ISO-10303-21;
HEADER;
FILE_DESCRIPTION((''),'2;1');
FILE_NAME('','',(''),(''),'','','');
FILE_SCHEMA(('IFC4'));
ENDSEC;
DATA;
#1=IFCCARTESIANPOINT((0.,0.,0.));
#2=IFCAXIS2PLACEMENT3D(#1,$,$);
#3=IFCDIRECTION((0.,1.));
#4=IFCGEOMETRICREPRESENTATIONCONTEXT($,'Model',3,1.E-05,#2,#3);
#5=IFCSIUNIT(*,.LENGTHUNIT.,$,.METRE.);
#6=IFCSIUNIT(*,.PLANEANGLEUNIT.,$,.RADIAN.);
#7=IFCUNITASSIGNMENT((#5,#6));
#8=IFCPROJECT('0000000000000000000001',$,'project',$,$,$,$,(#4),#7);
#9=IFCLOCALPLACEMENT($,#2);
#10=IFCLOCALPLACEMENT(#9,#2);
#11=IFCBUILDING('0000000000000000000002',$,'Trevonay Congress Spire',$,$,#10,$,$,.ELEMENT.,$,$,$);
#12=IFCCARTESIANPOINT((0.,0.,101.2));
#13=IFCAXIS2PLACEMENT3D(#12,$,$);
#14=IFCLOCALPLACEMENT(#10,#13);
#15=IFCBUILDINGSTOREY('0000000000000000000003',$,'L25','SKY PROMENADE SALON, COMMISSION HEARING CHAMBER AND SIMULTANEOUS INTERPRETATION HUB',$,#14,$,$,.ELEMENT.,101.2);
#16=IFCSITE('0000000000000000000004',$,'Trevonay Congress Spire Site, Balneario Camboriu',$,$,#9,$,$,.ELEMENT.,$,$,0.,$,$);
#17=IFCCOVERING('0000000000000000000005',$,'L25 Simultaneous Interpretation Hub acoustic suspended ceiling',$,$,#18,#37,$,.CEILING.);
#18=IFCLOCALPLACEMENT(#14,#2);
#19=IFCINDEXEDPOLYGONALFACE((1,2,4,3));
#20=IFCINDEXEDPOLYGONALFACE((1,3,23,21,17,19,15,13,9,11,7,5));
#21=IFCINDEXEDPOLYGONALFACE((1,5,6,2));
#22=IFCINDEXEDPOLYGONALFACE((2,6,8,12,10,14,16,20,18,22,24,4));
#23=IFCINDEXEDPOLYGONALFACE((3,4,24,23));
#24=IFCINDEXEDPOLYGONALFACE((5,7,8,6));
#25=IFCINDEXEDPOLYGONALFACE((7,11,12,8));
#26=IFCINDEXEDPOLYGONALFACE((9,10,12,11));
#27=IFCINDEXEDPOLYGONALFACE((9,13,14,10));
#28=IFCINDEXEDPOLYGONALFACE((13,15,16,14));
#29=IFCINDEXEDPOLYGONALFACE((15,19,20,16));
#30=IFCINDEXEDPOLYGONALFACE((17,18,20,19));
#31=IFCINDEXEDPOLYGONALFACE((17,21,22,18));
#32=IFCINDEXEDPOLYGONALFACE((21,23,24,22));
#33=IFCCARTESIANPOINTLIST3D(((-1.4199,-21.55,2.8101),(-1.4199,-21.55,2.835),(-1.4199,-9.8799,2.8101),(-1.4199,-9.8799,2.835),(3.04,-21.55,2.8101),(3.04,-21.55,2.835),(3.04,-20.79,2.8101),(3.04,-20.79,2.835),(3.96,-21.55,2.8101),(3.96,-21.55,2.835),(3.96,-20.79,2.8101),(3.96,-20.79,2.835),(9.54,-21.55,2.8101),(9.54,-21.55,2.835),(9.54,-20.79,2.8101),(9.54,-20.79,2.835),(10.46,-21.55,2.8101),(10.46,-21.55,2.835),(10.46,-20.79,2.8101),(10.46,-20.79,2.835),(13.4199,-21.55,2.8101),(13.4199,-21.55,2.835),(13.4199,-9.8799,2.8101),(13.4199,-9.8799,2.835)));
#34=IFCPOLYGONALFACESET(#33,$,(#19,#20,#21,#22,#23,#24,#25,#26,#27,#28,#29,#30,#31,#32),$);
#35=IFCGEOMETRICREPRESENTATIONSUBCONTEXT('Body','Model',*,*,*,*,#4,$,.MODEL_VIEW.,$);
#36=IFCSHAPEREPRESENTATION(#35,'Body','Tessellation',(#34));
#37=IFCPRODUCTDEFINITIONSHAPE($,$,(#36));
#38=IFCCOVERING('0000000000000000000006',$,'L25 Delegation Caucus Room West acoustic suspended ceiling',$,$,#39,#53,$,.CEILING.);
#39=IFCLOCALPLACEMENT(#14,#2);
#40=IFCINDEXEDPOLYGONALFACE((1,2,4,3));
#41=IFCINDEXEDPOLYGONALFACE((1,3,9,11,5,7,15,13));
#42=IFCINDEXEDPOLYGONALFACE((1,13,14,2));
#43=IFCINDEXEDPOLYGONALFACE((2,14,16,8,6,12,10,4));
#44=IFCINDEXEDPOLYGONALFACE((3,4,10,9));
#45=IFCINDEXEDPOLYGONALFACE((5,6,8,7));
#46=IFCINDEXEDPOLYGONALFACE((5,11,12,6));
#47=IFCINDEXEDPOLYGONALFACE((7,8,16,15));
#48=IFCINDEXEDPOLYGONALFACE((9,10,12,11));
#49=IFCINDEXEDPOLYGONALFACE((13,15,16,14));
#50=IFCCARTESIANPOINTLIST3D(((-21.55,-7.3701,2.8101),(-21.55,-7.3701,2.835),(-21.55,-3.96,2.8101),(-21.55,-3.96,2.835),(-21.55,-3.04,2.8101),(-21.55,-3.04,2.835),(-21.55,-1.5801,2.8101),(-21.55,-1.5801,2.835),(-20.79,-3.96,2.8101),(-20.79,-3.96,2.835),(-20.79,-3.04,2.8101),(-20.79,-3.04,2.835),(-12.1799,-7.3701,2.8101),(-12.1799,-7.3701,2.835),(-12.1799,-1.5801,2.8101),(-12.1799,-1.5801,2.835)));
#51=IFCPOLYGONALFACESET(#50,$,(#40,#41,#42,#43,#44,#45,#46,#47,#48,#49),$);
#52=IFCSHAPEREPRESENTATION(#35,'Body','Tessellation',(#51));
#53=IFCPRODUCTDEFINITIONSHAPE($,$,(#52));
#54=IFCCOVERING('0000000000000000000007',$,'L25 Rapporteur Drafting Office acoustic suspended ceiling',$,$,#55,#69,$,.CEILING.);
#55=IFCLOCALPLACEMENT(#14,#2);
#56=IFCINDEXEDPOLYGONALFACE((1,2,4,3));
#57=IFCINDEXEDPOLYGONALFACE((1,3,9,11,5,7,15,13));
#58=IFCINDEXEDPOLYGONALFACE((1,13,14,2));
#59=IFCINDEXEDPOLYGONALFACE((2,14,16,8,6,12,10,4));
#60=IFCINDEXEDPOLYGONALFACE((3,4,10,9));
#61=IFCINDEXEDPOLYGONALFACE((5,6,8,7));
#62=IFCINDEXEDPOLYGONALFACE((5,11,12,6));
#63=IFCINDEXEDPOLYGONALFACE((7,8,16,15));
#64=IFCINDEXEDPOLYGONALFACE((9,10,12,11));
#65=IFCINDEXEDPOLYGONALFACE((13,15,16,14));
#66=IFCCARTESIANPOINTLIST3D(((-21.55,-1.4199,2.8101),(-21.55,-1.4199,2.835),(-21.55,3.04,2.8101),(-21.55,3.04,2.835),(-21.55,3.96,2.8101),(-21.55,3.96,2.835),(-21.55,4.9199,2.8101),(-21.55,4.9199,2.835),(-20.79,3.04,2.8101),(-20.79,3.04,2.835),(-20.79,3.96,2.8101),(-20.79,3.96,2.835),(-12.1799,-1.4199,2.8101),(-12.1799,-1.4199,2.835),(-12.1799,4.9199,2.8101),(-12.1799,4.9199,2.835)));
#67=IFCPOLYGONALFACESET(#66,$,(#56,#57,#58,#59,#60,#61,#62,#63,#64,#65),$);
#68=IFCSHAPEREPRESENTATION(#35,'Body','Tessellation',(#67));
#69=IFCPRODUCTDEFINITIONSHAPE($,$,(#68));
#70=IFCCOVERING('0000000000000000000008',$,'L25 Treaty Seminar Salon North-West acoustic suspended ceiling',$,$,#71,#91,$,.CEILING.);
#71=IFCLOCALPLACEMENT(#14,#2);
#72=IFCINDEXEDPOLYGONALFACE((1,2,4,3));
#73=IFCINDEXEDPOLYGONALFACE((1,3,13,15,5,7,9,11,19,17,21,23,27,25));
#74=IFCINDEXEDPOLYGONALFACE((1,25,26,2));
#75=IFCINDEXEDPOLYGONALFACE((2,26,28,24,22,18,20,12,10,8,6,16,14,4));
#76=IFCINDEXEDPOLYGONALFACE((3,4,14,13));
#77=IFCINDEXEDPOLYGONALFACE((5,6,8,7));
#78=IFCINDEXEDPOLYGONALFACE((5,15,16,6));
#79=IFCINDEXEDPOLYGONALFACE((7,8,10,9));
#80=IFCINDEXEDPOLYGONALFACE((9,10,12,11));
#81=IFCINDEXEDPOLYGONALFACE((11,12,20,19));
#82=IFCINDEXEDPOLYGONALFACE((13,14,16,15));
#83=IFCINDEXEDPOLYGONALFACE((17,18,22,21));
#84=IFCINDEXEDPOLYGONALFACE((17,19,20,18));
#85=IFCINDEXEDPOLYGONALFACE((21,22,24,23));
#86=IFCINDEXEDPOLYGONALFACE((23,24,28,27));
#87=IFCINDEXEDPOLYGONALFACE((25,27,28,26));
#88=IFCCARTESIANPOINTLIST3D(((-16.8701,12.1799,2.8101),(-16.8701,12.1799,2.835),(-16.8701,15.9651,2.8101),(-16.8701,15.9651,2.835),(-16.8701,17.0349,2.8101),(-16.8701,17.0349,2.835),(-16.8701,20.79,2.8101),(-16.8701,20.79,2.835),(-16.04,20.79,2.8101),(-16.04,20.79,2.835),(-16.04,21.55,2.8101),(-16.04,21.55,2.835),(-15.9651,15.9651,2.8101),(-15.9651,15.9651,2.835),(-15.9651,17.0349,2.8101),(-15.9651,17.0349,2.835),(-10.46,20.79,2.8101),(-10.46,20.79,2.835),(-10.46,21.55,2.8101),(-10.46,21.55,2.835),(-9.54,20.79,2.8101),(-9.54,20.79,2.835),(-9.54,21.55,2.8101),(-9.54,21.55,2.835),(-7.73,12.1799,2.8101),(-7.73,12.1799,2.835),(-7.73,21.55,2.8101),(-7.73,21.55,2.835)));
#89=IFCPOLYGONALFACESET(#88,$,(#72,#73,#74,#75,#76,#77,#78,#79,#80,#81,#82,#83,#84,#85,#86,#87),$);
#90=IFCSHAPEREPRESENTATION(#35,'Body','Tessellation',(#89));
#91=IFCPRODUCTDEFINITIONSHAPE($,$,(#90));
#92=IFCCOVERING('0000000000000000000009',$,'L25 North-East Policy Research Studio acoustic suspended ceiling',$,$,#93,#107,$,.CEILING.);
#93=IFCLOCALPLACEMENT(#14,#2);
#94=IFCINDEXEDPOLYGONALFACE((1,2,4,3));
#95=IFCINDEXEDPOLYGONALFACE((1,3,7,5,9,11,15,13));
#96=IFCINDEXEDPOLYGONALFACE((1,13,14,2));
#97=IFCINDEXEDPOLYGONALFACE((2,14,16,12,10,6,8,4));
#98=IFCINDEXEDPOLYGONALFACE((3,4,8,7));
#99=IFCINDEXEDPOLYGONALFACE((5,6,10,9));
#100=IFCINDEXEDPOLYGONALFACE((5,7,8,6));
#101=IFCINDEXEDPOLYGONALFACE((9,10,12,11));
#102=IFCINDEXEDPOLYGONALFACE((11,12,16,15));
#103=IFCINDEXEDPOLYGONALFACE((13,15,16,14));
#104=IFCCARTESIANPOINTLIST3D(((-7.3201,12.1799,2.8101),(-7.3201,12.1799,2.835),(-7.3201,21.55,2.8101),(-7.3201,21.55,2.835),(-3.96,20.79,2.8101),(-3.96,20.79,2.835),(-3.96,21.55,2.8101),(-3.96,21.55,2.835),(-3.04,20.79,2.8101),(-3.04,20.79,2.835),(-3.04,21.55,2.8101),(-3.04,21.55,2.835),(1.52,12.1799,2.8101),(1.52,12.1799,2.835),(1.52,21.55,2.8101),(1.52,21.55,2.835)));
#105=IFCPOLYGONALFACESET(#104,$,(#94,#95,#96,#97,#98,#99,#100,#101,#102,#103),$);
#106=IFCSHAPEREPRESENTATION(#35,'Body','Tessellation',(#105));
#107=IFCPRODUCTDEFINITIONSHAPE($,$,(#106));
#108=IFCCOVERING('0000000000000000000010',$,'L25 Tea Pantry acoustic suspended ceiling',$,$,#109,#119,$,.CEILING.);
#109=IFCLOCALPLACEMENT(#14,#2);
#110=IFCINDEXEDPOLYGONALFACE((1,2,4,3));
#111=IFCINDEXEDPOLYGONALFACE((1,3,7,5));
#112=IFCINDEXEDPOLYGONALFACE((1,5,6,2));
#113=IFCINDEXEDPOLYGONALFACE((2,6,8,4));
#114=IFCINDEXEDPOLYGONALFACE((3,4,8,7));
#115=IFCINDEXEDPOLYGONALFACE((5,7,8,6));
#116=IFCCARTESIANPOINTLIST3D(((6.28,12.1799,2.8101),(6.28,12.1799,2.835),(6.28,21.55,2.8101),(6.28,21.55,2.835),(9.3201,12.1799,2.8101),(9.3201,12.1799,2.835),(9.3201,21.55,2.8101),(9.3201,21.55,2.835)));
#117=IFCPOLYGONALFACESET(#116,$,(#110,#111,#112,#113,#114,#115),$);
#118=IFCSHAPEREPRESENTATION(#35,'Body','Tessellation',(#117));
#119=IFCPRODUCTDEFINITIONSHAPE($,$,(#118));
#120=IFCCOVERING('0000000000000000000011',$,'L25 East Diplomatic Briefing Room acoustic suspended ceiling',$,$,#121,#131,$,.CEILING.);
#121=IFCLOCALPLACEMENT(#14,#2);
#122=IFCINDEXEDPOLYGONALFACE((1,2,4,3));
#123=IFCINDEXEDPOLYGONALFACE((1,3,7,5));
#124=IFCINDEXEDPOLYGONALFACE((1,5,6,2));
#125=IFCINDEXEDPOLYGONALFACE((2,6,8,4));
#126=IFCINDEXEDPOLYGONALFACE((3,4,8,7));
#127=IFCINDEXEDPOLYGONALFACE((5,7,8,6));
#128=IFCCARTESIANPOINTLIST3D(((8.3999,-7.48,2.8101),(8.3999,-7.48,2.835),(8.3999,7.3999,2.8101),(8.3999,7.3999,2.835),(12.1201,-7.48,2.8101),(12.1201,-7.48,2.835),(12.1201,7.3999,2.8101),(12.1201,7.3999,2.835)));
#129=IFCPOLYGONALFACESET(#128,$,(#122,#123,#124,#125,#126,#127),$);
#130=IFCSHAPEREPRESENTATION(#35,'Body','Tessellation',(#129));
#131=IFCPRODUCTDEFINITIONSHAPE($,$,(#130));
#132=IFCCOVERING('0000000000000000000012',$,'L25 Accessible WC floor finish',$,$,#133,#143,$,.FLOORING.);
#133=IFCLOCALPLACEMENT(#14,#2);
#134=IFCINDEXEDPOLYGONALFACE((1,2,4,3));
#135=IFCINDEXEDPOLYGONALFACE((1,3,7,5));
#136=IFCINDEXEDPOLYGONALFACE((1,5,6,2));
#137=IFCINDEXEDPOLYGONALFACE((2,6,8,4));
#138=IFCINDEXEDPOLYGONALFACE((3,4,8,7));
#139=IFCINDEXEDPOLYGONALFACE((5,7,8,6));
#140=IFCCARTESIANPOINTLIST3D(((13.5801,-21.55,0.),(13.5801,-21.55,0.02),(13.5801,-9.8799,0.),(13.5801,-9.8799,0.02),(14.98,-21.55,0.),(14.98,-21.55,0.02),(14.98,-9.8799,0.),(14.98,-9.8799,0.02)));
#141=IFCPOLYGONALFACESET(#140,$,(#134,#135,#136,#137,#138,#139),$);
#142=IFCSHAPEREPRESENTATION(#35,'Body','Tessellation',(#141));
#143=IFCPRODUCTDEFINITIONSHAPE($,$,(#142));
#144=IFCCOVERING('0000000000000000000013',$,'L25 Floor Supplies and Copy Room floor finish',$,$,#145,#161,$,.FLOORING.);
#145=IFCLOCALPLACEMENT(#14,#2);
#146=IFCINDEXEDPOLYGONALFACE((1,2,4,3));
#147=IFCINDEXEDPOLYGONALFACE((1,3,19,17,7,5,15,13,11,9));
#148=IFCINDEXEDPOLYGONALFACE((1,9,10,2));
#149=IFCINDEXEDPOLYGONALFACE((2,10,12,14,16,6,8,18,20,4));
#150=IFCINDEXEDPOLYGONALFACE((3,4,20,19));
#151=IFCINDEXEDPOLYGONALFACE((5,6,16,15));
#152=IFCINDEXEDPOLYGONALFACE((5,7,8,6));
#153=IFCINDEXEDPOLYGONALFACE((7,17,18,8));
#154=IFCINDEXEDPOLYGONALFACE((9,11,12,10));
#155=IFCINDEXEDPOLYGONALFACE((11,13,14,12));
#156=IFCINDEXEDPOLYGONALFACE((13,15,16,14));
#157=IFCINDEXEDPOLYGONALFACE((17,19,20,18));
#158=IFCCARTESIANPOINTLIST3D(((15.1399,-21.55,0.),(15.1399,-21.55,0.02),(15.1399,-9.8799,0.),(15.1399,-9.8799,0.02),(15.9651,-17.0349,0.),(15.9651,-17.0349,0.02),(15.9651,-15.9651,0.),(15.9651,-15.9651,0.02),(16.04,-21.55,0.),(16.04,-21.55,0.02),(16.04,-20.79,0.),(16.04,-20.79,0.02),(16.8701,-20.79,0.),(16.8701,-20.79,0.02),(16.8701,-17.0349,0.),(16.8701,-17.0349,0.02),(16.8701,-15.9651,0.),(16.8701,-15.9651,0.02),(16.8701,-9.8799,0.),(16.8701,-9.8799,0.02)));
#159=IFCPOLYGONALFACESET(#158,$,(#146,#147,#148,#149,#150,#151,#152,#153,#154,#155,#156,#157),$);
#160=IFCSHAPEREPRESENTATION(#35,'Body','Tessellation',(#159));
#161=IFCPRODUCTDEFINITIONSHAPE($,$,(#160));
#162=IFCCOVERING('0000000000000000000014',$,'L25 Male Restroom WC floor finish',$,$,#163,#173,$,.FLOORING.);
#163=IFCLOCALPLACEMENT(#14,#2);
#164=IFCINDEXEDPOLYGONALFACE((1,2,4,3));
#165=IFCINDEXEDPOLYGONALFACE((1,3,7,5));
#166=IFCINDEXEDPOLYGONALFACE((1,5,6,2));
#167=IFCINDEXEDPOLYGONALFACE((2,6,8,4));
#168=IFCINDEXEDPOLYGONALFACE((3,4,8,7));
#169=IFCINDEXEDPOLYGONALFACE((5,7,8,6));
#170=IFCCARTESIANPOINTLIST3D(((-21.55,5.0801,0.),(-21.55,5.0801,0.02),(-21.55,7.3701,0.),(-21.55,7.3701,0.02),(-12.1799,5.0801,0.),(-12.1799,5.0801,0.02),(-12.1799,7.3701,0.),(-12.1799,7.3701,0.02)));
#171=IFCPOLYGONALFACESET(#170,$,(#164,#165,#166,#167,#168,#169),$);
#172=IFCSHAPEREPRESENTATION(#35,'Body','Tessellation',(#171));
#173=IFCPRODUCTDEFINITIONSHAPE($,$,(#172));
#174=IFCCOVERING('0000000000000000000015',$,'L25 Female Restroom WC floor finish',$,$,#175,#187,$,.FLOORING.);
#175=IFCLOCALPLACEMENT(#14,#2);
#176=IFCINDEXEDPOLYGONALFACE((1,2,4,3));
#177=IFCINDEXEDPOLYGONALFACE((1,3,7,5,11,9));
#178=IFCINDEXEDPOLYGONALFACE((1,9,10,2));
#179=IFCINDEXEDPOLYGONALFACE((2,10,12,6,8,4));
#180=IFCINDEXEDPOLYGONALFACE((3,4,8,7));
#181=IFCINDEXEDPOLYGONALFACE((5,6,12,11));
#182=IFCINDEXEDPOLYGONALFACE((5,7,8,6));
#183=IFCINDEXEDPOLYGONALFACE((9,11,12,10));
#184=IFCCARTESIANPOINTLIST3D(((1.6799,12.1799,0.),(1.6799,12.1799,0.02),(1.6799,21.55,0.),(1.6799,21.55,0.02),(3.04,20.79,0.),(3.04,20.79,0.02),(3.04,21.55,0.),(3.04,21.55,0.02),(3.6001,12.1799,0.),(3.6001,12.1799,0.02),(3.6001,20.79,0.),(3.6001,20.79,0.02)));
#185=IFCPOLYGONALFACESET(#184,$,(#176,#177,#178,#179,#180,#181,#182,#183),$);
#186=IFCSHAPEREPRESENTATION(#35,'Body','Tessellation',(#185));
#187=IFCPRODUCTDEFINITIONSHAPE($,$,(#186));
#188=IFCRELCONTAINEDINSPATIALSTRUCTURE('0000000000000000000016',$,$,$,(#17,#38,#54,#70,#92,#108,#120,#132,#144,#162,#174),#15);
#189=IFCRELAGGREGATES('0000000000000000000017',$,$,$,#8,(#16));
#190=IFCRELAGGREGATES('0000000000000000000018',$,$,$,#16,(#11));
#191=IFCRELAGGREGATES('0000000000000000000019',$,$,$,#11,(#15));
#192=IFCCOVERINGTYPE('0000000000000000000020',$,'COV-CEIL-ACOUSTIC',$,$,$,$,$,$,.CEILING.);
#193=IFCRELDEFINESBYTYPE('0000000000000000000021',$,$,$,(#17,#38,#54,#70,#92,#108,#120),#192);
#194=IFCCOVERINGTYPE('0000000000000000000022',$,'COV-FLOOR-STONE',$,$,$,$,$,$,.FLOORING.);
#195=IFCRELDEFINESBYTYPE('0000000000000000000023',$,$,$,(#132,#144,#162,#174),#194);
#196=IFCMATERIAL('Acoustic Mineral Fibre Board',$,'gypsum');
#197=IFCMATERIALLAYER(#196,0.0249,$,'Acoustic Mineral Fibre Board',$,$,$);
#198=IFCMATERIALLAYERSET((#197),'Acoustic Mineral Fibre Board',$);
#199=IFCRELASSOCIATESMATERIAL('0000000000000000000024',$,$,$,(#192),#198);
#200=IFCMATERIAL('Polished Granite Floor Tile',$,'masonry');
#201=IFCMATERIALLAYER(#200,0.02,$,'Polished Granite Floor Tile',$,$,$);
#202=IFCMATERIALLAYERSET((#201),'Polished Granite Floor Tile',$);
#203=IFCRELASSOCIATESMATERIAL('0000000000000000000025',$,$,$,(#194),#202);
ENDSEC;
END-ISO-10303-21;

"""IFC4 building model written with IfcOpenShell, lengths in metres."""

from ifc_helpers import new_model, si_unit, direction, frame, origin, place, context, subcontext, project, spatial, polyline, outline, extrude, material, layer, layer_set, type_object, element, save


model = new_model("IFC4")

# Units and contexts
model_context = context("Model", 3, precision=1e-05, world=origin(), true_north=direction((0.0, 1.0)))
body_context = subcontext(model_context, "Body", "Model", "MODEL_VIEW")
ifc_project = project(units=[si_unit("LENGTHUNIT", "METRE"), si_unit("PLANEANGLEUNIT", "RADIAN")], contexts=[model_context])

# Site, building, storey
site_placement = place(None, origin())
site = spatial("IfcSite", under=ifc_project, at=site_placement, Name="Trevonay Congress Spire Site, Balneario Camboriu", CompositionType="ELEMENT", RefElevation=0.0)
building_placement = place(site_placement, origin())
building = spatial("IfcBuilding", under=site, at=building_placement, Name="Trevonay Congress Spire", CompositionType="ELEMENT")
storey_placement = place(building_placement, frame((0.0, 0.0, 101.2)))
storey = spatial("IfcBuildingStorey", under=building, at=storey_placement, Name="L25", Description="SKY PROMENADE SALON, COMMISSION HEARING CHAMBER AND SIMULTANEOUS INTERPRETATION HUB", CompositionType="ELEMENT", Elevation=101.2)

# Coverings
ifc_material_1 = material(Name="Acoustic Mineral Fibre Board", Category="gypsum")
ifc_layer_1 = layer(ifc_material_1, 0.0249, Name="Acoustic Mineral Fibre Board")
ifc_layer_set_1 = layer_set([ifc_layer_1], Name="Acoustic Mineral Fibre Board")
covering_type_1 = type_object("IfcCoveringType", Name="COV-CEIL-ACOUSTIC", PredefinedType="CEILING", material=ifc_layer_set_1)
covering_1_placement = place(storey_placement, frame((0.0, 0.0, 2.8101)))
element("IfcCovering", 1, at=covering_1_placement, inside=storey, type_object=covering_type_1, Name="L25 Simultaneous Interpretation Hub acoustic suspended ceiling", PredefinedType="CEILING", context=body_context, shape_type="SweptSolid", body=[
    extrude(outline(polyline([(-1.4199, -21.55), (-1.4199, -9.8799), (13.4199, -9.8799), (13.4199, -21.55), (10.46, -21.55), (10.46, -20.79), (9.54, -20.79), (9.54, -21.55), (3.96, -21.55), (3.96, -20.79), (3.04, -20.79), (3.04, -21.55), (-1.4199, -21.55)])), origin(), (0.0, 0.0, 1.0), 0.0249),
])
covering_2_placement = place(storey_placement, frame((0.0, 0.0, 2.8101)))
element("IfcCovering", 2, at=covering_2_placement, inside=storey, type_object=covering_type_1, Name="L25 Delegation Caucus Room West acoustic suspended ceiling", PredefinedType="CEILING", context=body_context, shape_type="SweptSolid", body=[
    extrude(outline(polyline([(-21.55, -1.5801), (-12.1799, -1.5801), (-12.1799, -7.3701), (-21.55, -7.3701), (-21.55, -3.96), (-20.79, -3.96), (-20.79, -3.04), (-21.55, -3.04), (-21.55, -1.5801)])), origin(), (0.0, 0.0, 1.0), 0.0249),
])
covering_3_placement = place(storey_placement, frame((0.0, 0.0, 2.8101)))
element("IfcCovering", 3, at=covering_3_placement, inside=storey, type_object=covering_type_1, Name="L25 Rapporteur Drafting Office acoustic suspended ceiling", PredefinedType="CEILING", context=body_context, shape_type="SweptSolid", body=[
    extrude(outline(polyline([(-21.55, 4.9199), (-12.1799, 4.9199), (-12.1799, -1.4199), (-21.55, -1.4199), (-21.55, 3.04), (-20.79, 3.04), (-20.79, 3.96), (-21.55, 3.96), (-21.55, 4.9199)])), origin(), (0.0, 0.0, 1.0), 0.0249),
])
covering_4_placement = place(storey_placement, frame((0.0, 0.0, 2.8101)))
element("IfcCovering", 4, at=covering_4_placement, inside=storey, type_object=covering_type_1, Name="L25 Treaty Seminar Salon North-West acoustic suspended ceiling", PredefinedType="CEILING", context=body_context, shape_type="SweptSolid", body=[
    extrude(outline(polyline([(-7.73, 21.55), (-7.73, 12.1799), (-16.8701, 12.1799), (-16.8701, 15.9651), (-15.9651, 15.9651), (-15.9651, 17.0349), (-16.8701, 17.0349), (-16.8701, 20.79), (-16.04, 20.79), (-16.04, 21.55), (-10.46, 21.55), (-10.46, 20.79), (-9.54, 20.79), (-9.54, 21.55), (-7.73, 21.55)])), origin(), (0.0, 0.0, 1.0), 0.0249),
])
covering_5_placement = place(storey_placement, frame((0.0, 0.0, 2.8101)))
element("IfcCovering", 5, at=covering_5_placement, inside=storey, type_object=covering_type_1, Name="L25 North-East Policy Research Studio acoustic suspended ceiling", PredefinedType="CEILING", context=body_context, shape_type="SweptSolid", body=[
    extrude(outline(polyline([(1.52, 21.55), (1.52, 12.1799), (-7.3201, 12.1799), (-7.3201, 21.55), (-3.96, 21.55), (-3.96, 20.79), (-3.04, 20.79), (-3.04, 21.55), (1.52, 21.55)])), origin(), (0.0, 0.0, 1.0), 0.0249),
])
covering_6_placement = place(storey_placement, frame((0.0, 0.0, 2.8101)))
element("IfcCovering", 6, at=covering_6_placement, inside=storey, type_object=covering_type_1, Name="L25 Tea Pantry acoustic suspended ceiling", PredefinedType="CEILING", context=body_context, shape_type="SweptSolid", body=[
    extrude(outline(polyline([(6.28, 12.1799), (9.3201, 12.1799), (9.3201, 21.55), (6.28, 21.55), (6.28, 12.1799)])), origin(), (0.0, 0.0, 1.0), 0.0249),
])
covering_7_placement = place(storey_placement, frame((0.0, 0.0, 2.8101)))
element("IfcCovering", 7, at=covering_7_placement, inside=storey, type_object=covering_type_1, Name="L25 East Diplomatic Briefing Room acoustic suspended ceiling", PredefinedType="CEILING", context=body_context, shape_type="SweptSolid", body=[
    extrude(outline(polyline([(8.3999, -7.48), (12.1201, -7.48), (12.1201, 7.3999), (8.3999, 7.3999), (8.3999, -7.48)])), origin(), (0.0, 0.0, 1.0), 0.0249),
])
ifc_material_2 = material(Name="Polished Granite Floor Tile", Category="masonry")
ifc_layer_2 = layer(ifc_material_2, 0.02, Name="Polished Granite Floor Tile")
ifc_layer_set_2 = layer_set([ifc_layer_2], Name="Polished Granite Floor Tile")
covering_type_2 = type_object("IfcCoveringType", Name="COV-FLOOR-STONE", PredefinedType="FLOORING", material=ifc_layer_set_2)
covering_8_placement = place(storey_placement, origin())
element("IfcCovering", 8, at=covering_8_placement, inside=storey, type_object=covering_type_2, Name="L25 Accessible WC floor finish", PredefinedType="FLOORING", context=body_context, shape_type="SweptSolid", body=[
    extrude(outline(polyline([(13.5801, -21.55), (14.98, -21.55), (14.98, -9.8799), (13.5801, -9.8799), (13.5801, -21.55)])), origin(), (0.0, 0.0, 1.0), 0.02),
])
covering_9_placement = place(storey_placement, origin())
element("IfcCovering", 9, at=covering_9_placement, inside=storey, type_object=covering_type_2, Name="L25 Floor Supplies and Copy Room floor finish", PredefinedType="FLOORING", context=body_context, shape_type="SweptSolid", body=[
    extrude(outline(polyline([(15.1399, -21.55), (15.1399, -9.8799), (16.8701, -9.8799), (16.8701, -15.9651), (15.9651, -15.9651), (15.9651, -17.0349), (16.8701, -17.0349), (16.8701, -20.79), (16.04, -20.79), (16.04, -21.55), (15.1399, -21.55)])), origin(), (0.0, 0.0, 1.0), 0.02),
])
covering_10_placement = place(storey_placement, origin())
element("IfcCovering", 10, at=covering_10_placement, inside=storey, type_object=covering_type_2, Name="L25 Male Restroom WC floor finish", PredefinedType="FLOORING", context=body_context, shape_type="SweptSolid", body=[
    extrude(outline(polyline([(-21.55, 5.0801), (-12.1799, 5.0801), (-12.1799, 7.3701), (-21.55, 7.3701), (-21.55, 5.0801)])), origin(), (0.0, 0.0, 1.0), 0.02),
])
covering_11_placement = place(storey_placement, origin())
element("IfcCovering", 11, at=covering_11_placement, inside=storey, type_object=covering_type_2, Name="L25 Female Restroom WC floor finish", PredefinedType="FLOORING", context=body_context, shape_type="SweptSolid", body=[
    extrude(outline(polyline([(3.6001, 12.1799), (1.6799, 12.1799), (1.6799, 21.55), (3.04, 21.55), (3.04, 20.79), (3.6001, 20.79), (3.6001, 12.1799)])), origin(), (0.0, 0.0, 1.0), 0.02),
])

save(model, "model.ifc")
